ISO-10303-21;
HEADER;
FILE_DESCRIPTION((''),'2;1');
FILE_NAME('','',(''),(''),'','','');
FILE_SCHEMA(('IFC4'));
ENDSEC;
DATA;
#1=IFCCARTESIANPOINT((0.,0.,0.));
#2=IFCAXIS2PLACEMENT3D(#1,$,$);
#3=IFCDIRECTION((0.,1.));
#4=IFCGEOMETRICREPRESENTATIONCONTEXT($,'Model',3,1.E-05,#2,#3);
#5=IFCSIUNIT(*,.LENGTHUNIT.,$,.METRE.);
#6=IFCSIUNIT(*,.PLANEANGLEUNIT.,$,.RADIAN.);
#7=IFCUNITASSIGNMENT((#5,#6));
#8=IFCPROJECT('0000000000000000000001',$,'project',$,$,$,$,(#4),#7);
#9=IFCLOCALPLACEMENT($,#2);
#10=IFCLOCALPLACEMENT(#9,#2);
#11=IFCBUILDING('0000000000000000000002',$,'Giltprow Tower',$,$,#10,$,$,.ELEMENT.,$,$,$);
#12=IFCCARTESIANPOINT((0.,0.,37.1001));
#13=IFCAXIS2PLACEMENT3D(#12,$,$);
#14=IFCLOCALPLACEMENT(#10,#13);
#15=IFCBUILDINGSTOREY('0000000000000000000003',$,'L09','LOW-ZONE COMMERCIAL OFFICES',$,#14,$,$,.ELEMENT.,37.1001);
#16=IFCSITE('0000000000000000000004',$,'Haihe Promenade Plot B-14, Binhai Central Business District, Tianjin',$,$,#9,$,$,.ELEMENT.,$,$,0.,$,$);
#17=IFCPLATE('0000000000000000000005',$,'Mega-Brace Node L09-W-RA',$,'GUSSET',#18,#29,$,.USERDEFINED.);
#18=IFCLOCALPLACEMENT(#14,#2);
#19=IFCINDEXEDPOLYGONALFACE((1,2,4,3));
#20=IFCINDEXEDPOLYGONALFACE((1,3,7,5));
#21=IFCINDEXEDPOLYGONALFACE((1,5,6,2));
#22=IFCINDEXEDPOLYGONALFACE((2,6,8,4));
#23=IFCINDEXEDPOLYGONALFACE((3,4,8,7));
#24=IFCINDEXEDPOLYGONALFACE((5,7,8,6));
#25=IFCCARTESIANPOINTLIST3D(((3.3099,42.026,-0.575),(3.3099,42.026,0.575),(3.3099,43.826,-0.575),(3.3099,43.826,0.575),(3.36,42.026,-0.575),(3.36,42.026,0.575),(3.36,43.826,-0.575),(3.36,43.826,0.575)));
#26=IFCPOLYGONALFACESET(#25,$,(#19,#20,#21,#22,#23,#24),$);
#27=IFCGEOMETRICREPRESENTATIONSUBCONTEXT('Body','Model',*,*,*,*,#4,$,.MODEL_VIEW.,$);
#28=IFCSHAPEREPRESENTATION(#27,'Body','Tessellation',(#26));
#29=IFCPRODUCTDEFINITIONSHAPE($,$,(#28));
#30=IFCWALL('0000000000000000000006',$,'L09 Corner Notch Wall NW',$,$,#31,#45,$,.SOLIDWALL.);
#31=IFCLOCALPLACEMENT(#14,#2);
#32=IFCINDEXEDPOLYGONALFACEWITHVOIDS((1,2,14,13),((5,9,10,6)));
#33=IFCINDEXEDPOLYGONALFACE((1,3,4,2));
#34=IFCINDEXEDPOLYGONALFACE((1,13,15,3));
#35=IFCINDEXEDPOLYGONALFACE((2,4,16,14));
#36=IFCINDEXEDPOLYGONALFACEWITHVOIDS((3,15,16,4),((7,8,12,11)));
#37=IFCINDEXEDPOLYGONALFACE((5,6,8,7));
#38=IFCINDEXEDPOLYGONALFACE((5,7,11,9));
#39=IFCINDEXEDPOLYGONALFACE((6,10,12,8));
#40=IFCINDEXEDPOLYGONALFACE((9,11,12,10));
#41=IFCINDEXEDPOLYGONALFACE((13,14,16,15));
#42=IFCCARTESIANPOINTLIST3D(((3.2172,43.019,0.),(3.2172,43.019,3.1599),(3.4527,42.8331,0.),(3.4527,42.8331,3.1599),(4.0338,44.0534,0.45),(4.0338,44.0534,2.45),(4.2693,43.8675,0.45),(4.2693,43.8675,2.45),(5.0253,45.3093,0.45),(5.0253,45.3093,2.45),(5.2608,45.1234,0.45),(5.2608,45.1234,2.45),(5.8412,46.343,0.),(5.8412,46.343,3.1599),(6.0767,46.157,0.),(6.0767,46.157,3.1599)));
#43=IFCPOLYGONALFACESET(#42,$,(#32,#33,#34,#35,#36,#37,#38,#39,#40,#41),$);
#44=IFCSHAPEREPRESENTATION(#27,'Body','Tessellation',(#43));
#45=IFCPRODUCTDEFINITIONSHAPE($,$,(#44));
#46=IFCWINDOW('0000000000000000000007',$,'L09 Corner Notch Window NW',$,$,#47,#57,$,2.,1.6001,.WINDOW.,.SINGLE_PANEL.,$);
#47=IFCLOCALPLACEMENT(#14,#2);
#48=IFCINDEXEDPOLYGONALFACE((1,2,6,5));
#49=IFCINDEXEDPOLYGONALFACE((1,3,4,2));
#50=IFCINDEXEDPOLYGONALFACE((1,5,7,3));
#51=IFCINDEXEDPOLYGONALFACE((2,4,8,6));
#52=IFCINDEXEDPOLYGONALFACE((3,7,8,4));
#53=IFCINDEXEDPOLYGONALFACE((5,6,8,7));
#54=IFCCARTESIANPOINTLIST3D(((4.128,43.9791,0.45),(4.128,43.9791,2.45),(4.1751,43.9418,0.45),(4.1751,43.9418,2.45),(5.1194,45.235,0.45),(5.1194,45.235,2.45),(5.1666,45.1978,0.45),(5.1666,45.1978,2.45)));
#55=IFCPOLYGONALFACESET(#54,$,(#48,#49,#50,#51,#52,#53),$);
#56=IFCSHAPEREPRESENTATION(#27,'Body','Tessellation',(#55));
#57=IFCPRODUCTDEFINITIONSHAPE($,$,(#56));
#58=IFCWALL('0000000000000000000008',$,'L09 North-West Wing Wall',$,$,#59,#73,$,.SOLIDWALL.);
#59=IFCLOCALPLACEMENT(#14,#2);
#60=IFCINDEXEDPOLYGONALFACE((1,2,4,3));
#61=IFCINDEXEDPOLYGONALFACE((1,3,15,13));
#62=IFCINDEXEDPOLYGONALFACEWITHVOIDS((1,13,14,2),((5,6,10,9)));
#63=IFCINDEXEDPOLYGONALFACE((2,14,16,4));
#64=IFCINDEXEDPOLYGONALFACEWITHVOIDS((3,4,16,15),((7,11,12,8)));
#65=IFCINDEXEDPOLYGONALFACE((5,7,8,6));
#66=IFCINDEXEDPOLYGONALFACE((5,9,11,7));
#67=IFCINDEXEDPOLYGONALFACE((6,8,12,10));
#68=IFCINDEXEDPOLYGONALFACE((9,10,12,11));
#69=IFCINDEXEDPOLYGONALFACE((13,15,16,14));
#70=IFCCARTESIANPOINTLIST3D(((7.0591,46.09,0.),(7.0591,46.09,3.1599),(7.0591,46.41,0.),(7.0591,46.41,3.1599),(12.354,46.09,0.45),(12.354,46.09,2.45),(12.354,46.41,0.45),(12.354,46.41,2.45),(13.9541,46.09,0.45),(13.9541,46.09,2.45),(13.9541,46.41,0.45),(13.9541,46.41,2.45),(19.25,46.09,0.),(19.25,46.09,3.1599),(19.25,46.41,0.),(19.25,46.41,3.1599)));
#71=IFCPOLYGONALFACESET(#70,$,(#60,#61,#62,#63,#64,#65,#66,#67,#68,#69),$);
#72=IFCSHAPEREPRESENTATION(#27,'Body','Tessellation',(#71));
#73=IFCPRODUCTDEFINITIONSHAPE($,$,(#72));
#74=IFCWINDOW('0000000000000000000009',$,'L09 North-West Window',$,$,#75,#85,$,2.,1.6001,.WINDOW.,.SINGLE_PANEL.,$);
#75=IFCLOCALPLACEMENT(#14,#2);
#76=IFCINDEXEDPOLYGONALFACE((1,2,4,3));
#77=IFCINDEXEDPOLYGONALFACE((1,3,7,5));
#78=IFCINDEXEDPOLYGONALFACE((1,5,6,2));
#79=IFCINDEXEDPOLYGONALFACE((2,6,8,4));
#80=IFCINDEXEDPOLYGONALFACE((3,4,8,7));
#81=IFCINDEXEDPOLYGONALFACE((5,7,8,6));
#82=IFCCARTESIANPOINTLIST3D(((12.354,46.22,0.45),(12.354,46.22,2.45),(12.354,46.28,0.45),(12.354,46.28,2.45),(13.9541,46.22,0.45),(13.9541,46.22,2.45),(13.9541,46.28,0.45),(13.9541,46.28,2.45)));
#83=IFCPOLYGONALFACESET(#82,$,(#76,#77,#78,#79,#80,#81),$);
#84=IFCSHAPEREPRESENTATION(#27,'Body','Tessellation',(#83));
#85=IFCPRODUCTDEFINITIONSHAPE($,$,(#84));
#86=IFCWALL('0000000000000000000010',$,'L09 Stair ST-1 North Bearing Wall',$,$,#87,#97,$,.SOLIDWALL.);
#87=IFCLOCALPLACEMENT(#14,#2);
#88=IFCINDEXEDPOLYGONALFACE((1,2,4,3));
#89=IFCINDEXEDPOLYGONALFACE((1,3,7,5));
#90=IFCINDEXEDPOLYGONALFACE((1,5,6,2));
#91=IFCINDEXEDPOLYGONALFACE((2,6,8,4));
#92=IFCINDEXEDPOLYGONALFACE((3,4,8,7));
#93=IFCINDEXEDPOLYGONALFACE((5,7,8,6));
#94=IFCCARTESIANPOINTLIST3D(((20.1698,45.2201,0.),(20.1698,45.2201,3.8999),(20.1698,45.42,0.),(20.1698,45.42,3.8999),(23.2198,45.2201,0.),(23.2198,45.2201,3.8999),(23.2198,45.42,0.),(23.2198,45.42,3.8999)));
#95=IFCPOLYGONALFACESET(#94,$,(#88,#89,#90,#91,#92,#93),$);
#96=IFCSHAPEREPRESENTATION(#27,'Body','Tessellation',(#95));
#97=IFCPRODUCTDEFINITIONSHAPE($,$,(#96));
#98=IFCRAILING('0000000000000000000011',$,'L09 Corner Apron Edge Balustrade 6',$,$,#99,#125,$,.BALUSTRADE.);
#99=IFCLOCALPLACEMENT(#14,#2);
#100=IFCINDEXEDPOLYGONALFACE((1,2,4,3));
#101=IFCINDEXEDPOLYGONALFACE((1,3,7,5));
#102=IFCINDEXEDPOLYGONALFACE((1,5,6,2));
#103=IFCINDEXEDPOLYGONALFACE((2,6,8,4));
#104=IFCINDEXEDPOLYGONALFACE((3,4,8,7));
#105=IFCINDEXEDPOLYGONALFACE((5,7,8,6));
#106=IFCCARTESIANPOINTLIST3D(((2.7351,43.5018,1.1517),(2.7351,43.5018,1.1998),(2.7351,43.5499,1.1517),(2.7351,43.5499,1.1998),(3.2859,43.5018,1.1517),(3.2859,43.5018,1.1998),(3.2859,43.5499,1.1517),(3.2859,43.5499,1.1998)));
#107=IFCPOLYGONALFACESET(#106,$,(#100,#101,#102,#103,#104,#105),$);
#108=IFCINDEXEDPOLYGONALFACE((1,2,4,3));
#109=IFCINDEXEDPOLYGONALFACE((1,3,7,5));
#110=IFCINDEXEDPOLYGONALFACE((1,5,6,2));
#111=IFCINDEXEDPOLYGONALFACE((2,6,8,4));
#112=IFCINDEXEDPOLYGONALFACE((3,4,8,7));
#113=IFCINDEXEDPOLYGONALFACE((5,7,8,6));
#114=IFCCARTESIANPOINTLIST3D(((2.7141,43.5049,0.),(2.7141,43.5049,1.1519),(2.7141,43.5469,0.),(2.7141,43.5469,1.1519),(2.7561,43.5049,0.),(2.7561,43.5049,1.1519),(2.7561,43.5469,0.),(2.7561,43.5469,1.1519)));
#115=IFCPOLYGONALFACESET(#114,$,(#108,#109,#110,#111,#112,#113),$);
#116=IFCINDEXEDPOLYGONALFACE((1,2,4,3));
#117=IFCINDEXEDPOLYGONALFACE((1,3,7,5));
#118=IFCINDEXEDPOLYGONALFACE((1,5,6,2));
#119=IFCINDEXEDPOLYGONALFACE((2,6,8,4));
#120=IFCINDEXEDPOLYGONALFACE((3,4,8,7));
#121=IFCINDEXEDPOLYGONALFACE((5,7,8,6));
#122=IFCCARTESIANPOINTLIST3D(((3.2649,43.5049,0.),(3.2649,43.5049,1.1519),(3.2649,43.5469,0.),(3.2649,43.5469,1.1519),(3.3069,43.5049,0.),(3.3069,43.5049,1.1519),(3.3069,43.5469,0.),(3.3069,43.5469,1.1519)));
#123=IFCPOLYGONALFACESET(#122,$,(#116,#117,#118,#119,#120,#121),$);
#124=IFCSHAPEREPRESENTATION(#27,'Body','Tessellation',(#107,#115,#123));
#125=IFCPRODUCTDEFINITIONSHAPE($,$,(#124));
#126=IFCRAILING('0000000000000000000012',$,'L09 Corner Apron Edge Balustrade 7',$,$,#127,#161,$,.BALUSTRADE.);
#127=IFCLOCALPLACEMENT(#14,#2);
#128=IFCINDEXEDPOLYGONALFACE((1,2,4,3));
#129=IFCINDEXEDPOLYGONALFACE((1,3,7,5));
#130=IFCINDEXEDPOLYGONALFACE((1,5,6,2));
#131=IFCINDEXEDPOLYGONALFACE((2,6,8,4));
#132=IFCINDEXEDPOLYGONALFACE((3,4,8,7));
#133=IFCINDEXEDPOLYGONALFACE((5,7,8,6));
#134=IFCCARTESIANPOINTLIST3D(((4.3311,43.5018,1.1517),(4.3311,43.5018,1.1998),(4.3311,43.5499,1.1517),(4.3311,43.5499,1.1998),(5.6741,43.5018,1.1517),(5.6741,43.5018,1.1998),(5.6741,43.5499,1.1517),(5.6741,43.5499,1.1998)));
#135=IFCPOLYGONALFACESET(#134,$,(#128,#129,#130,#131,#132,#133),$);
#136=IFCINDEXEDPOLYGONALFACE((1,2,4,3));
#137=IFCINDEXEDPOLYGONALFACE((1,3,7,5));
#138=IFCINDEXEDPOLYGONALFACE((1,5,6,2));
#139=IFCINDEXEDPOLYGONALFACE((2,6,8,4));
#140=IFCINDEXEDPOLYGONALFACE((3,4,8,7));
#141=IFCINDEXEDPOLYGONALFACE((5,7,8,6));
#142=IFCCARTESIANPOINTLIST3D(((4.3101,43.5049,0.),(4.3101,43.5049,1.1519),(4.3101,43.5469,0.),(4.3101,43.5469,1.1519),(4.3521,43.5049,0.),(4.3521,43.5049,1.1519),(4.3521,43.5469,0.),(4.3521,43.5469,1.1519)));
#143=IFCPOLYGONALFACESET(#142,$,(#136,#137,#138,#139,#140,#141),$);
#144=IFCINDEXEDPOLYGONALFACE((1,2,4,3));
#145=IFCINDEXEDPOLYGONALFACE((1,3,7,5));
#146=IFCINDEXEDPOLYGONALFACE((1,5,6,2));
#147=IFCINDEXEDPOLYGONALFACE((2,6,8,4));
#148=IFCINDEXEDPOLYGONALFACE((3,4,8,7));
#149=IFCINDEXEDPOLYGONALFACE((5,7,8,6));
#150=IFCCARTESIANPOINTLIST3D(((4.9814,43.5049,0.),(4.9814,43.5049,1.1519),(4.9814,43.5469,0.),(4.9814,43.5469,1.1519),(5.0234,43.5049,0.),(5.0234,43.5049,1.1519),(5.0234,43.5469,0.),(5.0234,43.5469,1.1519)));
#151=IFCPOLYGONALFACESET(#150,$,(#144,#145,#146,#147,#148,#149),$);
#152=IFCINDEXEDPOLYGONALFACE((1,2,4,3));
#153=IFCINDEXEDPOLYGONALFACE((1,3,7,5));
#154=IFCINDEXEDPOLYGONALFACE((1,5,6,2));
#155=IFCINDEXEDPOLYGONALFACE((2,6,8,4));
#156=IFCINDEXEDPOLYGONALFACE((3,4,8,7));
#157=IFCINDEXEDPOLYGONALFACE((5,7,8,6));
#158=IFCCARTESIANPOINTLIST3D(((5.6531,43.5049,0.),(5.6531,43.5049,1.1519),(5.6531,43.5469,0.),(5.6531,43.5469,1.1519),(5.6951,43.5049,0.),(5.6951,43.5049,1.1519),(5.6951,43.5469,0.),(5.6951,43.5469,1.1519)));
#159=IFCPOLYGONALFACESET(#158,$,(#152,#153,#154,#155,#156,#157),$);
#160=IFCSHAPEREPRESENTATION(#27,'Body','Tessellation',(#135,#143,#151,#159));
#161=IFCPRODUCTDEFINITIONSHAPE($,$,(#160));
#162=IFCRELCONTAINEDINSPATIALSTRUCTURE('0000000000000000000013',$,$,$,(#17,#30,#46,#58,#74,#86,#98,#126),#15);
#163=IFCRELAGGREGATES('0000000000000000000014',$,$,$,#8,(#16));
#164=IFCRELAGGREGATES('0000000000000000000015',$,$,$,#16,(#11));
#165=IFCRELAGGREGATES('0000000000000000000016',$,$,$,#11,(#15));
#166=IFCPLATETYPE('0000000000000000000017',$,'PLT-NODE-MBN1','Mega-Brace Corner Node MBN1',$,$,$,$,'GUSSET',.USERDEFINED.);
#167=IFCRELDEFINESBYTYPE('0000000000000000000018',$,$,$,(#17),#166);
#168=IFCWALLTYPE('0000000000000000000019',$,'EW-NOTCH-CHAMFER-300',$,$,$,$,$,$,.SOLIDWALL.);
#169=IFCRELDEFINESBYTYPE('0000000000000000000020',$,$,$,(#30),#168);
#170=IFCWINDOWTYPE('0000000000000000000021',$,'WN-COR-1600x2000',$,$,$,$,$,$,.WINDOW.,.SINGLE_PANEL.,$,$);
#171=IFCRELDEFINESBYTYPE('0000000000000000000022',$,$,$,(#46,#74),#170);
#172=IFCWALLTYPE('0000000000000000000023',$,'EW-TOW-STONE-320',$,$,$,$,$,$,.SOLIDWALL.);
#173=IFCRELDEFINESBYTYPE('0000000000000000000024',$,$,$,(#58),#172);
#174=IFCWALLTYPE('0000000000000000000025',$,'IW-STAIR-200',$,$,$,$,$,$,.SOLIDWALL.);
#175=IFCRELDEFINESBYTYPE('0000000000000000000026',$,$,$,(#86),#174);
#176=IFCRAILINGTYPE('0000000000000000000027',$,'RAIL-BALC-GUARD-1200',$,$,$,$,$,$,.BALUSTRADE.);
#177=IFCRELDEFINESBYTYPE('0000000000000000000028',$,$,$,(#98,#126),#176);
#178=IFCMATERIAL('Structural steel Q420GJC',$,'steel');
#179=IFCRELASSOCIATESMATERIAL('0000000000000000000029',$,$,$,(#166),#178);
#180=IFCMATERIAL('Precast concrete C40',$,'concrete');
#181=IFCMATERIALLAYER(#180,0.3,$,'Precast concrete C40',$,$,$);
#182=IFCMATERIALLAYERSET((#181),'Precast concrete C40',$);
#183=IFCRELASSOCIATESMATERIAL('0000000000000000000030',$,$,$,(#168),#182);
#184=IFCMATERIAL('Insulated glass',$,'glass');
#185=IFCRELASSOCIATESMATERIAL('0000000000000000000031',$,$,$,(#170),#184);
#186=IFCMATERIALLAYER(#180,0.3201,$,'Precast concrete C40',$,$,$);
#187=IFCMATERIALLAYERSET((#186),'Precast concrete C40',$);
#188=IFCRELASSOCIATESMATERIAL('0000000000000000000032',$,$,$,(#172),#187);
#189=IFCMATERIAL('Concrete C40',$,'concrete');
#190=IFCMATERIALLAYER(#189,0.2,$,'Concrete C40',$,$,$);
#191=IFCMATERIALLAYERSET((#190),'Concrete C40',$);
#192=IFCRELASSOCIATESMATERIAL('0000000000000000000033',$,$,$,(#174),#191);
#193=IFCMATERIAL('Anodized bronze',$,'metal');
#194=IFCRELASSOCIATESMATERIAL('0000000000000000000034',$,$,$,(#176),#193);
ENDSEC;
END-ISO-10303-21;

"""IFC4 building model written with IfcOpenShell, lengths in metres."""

from ifc_helpers import new_model, si_unit, direction, frame, frame_2d, origin, origin_2d, place, context, subcontext, project, spatial, rectangle, extrude, source, transform, mapped, material, layer, layer_set, type_object, element, fill, save


model = new_model("IFC4")

# Units and contexts
model_context = context("Model", 3, precision=1e-05, world=origin(), true_north=direction((0.0, 1.0)))
body_context = subcontext(model_context, "Body", "Model", "MODEL_VIEW")
ifc_project = project(units=[si_unit("LENGTHUNIT", "METRE"), si_unit("PLANEANGLEUNIT", "RADIAN")], contexts=[model_context])

# Site, building, storey
site_placement = place(None, origin())
site = spatial("IfcSite", under=ifc_project, at=site_placement, Name="Haihe Promenade Plot B-14, Binhai Central Business District, Tianjin", CompositionType="ELEMENT", RefElevation=0.0)
building_placement = place(site_placement, origin())
building = spatial("IfcBuilding", under=site, at=building_placement, Name="Giltprow Tower", CompositionType="ELEMENT")
storey_placement = place(building_placement, frame((0.0, 0.0, 37.1001)))
storey = spatial("IfcBuildingStorey", under=building, at=storey_placement, Name="L09", Description="LOW-ZONE COMMERCIAL OFFICES", CompositionType="ELEMENT", Elevation=37.1001)

# Shared definitions
ifc_material_1 = material(Name="Structural steel Q420GJC", Category="steel")

# Plate
plate_type = type_object("IfcPlateType", Name="PLT-NODE-MBN1", Description="Mega-Brace Corner Node MBN1", ElementType="GUSSET", PredefinedType="USERDEFINED", material=ifc_material_1)
shared_shape_1 = source(origin(), body_context, "Body", "SweptSolid", [
    extrude(rectangle(XDim=1.8, YDim=0.05, at=origin_2d()), origin(), (0.0, 0.0, 1.0), 1.1499),
])
for number, where, z_axis, x_axis, name in (
    (1, (3.335, 42.926, -0.575), (0.0, 0.0, 1.0), (0.0, 1.0, 0.0), "Mega-Brace Node L09-W-RA"),
):
    element("IfcPlate", number, at=place(storey_placement, frame(where, z_axis=z_axis, x_axis=x_axis)), inside=storey, type_object=plate_type, Name=name, ObjectType="GUSSET", PredefinedType="USERDEFINED", context=body_context, shape_type="MappedRepresentation", body=[
        mapped(shared_shape_1, transform((0.0, 0.0, 0.0), x_axis=(1.0, 0.0, 0.0), y_axis=(0.0, 1.0, 0.0), z_axis=(0.0, 0.0, 1.0), scale=1.0)),
    ])

# Walls, openings, windows
ifc_material_2 = material(Name="Precast concrete C40", Category="concrete")
ifc_layer_1 = layer(ifc_material_2, 0.3, Name="Precast concrete C40")
ifc_layer_set_1 = layer_set([ifc_layer_1], Name="Precast concrete C40")
wall_type_1 = type_object("IfcWallType", Name="EW-NOTCH-CHAMFER-300", PredefinedType="SOLIDWALL", material=ifc_layer_set_1)
wall_1_placement = place(storey_placement, frame((5.959, 46.25, 0.0), z_axis=(0.0, 0.0, 1.0), x_axis=(-0.61962, -0.784902, 0.0)))
wall_1 = element("IfcWall", 2, at=wall_1_placement, inside=storey, type_object=wall_type_1, Name="L09 Corner Notch Wall NW", PredefinedType="SOLIDWALL", context=body_context, shape_type="SweptSolid", body=[
    extrude(rectangle(XDim=4.2349, YDim=0.3, at=frame_2d((2.1174, 0.0))), origin(), (0.0, 0.0, 1.0), 3.1599),
])
opening_1_placement = place(wall_1_placement, frame((1.3169, 0.0, 0.45)))
opening_1 = element("IfcOpeningElement", 3, at=opening_1_placement, cuts=wall_1, PredefinedType="OPENING", context=body_context, shape_type="SweptSolid", body=[
    extrude(rectangle(XDim=1.6001, YDim=2.0, at=frame_2d((0.8, 1.0))), frame((0.0, 0.1599, 0.0), z_axis=(0.0, -1.0, 0.0), x_axis=(1.0, 0.0, 0.0)), (0.0, 0.0, 1.0), 0.3201),
])
ifc_material_3 = material(Name="Insulated glass", Category="glass")
window_type = type_object("IfcWindowType", Name="WN-COR-1600x2000", PartitioningType="SINGLE_PANEL", PredefinedType="WINDOW", material=ifc_material_3)
shared_shape_2 = source(origin(), body_context, "Body", "SweptSolid", [
    extrude(rectangle(XDim=1.6001, YDim=2.0, at=frame_2d((0.8, 1.0))), frame((0.0, 0.03, 0.0), z_axis=(0.0, -1.0, 0.0), x_axis=(1.0, 0.0, 0.0)), (0.0, 0.0, 1.0), 0.0601),
])
window_1_placement = place(opening_1_placement, origin())
window_1 = element("IfcWindow", 4, at=window_1_placement, inside=storey, type_object=window_type, Name="L09 Corner Notch Window NW", OverallHeight=2.0, OverallWidth=1.6001, PartitioningType="SINGLE_PANEL", PredefinedType="WINDOW", context=body_context, shape_type="MappedRepresentation", body=[
    mapped(shared_shape_2, transform((0.0, 0.0, 0.0), x_axis=(1.0, 0.0, 0.0), y_axis=(0.0, 1.0, 0.0), z_axis=(0.0, 0.0, 1.0), scale=1.0)),
])
fill(opening_1, window_1)
ifc_layer_2 = layer(ifc_material_2, 0.3201, Name="Precast concrete C40")
ifc_layer_set_2 = layer_set([ifc_layer_2], Name="Precast concrete C40")
wall_type_2 = type_object("IfcWallType", Name="EW-TOW-STONE-320", PredefinedType="SOLIDWALL", material=ifc_layer_set_2)
wall_2_placement = place(storey_placement, frame((7.0591, 46.25, 0.0), z_axis=(0.0, 0.0, 1.0), x_axis=(1.0, 0.0, 0.0)))
wall_2 = element("IfcWall", 5, at=wall_2_placement, inside=storey, type_object=wall_type_2, Name="L09 North-West Wing Wall", PredefinedType="SOLIDWALL", context=body_context, shape_type="SweptSolid", body=[
    extrude(rectangle(XDim=12.1909, YDim=0.3201, at=frame_2d((6.0955, 0.0))), origin(), (0.0, 0.0, 1.0), 3.1599),
])
opening_2_placement = place(wall_2_placement, frame((5.2949, 0.0, 0.45)))
opening_2 = element("IfcOpeningElement", 6, at=opening_2_placement, cuts=wall_2, PredefinedType="OPENING", context=body_context, shape_type="SweptSolid", body=[
    extrude(rectangle(XDim=1.6001, YDim=2.0, at=frame_2d((0.8, 1.0))), frame((0.0, 0.1699, 0.0), z_axis=(0.0, -1.0, 0.0), x_axis=(1.0, 0.0, 0.0)), (0.0, 0.0, 1.0), 0.3401),
])
window_2_placement = place(opening_2_placement, origin())
window_2 = element("IfcWindow", 7, at=window_2_placement, inside=storey, type_object=window_type, Name="L09 North-West Window", OverallHeight=2.0, OverallWidth=1.6001, PartitioningType="SINGLE_PANEL", PredefinedType="WINDOW", context=body_context, shape_type="MappedRepresentation", body=[
    mapped(shared_shape_2, transform((0.0, 0.0, 0.0), x_axis=(1.0, 0.0, 0.0), y_axis=(0.0, 1.0, 0.0), z_axis=(0.0, 0.0, 1.0), scale=1.0)),
])
fill(opening_2, window_2)

# Wall
ifc_material_4 = material(Name="Concrete C40", Category="concrete")
ifc_layer_3 = layer(ifc_material_4, 0.2, Name="Concrete C40")
ifc_layer_set_3 = layer_set([ifc_layer_3], Name="Concrete C40")
wall_type_3 = type_object("IfcWallType", Name="IW-STAIR-200", PredefinedType="SOLIDWALL", material=ifc_layer_set_3)
wall_3_placement = place(storey_placement, frame((20.1699, 45.3201, 0.0), z_axis=(0.0, 0.0, 1.0), x_axis=(1.0, 0.0, 0.0)))
element("IfcWall", 8, at=wall_3_placement, inside=storey, type_object=wall_type_3, Name="L09 Stair ST-1 North Bearing Wall", PredefinedType="SOLIDWALL", context=body_context, shape_type="SweptSolid", body=[
    extrude(rectangle(XDim=3.05, YDim=0.2, at=frame_2d((1.5249, 0.0))), origin(), (0.0, 0.0, 1.0), 3.8999),
])

# Railings
ifc_material_5 = material(Name="Anodized bronze", Category="metal")
railing_type_1 = type_object("IfcRailingType", Name="RAIL-BALC-GUARD-1200", PredefinedType="BALUSTRADE", material=ifc_material_5)
railing_1_placement = place(storey_placement, frame((2.7351, 43.5259, 0.0)))
element("IfcRailing", 9, at=railing_1_placement, inside=storey, type_object=railing_type_1, Name="L09 Corner Apron Edge Balustrade 6", PredefinedType="BALUSTRADE", context=body_context, shape_type="SweptSolid", body=[
    extrude(rectangle(XDim=0.0481, YDim=0.0481, at=origin_2d()), frame((0.0, 0.0, 1.1758), z_axis=(1.0, 0.0, 0.0), x_axis=(0.0, 1.0, 0.0)), (0.0, 0.0, 1.0), 0.5508),
    extrude(rectangle(XDim=0.042, YDim=0.042, at=origin_2d()), origin(), (0.0, 0.0, 1.0), 1.1519),
    extrude(rectangle(XDim=0.042, YDim=0.042, at=origin_2d()), frame((0.5508, 0.0, 0.0)), (0.0, 0.0, 1.0), 1.1519),
])
railing_2_placement = place(storey_placement, frame((4.3311, 43.5259, 0.0)))
element("IfcRailing", 10, at=railing_2_placement, inside=storey, type_object=railing_type_1, Name="L09 Corner Apron Edge Balustrade 7", PredefinedType="BALUSTRADE", context=body_context, shape_type="SweptSolid", body=[
    extrude(rectangle(XDim=0.0481, YDim=0.0481, at=origin_2d()), frame((0.0, 0.0, 1.1758), z_axis=(1.0, 0.0, 0.0), x_axis=(0.0, 1.0, 0.0)), (0.0, 0.0, 1.0), 1.343),
    extrude(rectangle(XDim=0.042, YDim=0.042, at=origin_2d()), origin(), (0.0, 0.0, 1.0), 1.1519),
    extrude(rectangle(XDim=0.042, YDim=0.042, at=origin_2d()), frame((0.6714, 0.0, 0.0)), (0.0, 0.0, 1.0), 1.1519),
    extrude(rectangle(XDim=0.042, YDim=0.042, at=origin_2d()), frame((1.343, 0.0, 0.0)), (0.0, 0.0, 1.0), 1.1519),
])

save(model, "model.ifc")
